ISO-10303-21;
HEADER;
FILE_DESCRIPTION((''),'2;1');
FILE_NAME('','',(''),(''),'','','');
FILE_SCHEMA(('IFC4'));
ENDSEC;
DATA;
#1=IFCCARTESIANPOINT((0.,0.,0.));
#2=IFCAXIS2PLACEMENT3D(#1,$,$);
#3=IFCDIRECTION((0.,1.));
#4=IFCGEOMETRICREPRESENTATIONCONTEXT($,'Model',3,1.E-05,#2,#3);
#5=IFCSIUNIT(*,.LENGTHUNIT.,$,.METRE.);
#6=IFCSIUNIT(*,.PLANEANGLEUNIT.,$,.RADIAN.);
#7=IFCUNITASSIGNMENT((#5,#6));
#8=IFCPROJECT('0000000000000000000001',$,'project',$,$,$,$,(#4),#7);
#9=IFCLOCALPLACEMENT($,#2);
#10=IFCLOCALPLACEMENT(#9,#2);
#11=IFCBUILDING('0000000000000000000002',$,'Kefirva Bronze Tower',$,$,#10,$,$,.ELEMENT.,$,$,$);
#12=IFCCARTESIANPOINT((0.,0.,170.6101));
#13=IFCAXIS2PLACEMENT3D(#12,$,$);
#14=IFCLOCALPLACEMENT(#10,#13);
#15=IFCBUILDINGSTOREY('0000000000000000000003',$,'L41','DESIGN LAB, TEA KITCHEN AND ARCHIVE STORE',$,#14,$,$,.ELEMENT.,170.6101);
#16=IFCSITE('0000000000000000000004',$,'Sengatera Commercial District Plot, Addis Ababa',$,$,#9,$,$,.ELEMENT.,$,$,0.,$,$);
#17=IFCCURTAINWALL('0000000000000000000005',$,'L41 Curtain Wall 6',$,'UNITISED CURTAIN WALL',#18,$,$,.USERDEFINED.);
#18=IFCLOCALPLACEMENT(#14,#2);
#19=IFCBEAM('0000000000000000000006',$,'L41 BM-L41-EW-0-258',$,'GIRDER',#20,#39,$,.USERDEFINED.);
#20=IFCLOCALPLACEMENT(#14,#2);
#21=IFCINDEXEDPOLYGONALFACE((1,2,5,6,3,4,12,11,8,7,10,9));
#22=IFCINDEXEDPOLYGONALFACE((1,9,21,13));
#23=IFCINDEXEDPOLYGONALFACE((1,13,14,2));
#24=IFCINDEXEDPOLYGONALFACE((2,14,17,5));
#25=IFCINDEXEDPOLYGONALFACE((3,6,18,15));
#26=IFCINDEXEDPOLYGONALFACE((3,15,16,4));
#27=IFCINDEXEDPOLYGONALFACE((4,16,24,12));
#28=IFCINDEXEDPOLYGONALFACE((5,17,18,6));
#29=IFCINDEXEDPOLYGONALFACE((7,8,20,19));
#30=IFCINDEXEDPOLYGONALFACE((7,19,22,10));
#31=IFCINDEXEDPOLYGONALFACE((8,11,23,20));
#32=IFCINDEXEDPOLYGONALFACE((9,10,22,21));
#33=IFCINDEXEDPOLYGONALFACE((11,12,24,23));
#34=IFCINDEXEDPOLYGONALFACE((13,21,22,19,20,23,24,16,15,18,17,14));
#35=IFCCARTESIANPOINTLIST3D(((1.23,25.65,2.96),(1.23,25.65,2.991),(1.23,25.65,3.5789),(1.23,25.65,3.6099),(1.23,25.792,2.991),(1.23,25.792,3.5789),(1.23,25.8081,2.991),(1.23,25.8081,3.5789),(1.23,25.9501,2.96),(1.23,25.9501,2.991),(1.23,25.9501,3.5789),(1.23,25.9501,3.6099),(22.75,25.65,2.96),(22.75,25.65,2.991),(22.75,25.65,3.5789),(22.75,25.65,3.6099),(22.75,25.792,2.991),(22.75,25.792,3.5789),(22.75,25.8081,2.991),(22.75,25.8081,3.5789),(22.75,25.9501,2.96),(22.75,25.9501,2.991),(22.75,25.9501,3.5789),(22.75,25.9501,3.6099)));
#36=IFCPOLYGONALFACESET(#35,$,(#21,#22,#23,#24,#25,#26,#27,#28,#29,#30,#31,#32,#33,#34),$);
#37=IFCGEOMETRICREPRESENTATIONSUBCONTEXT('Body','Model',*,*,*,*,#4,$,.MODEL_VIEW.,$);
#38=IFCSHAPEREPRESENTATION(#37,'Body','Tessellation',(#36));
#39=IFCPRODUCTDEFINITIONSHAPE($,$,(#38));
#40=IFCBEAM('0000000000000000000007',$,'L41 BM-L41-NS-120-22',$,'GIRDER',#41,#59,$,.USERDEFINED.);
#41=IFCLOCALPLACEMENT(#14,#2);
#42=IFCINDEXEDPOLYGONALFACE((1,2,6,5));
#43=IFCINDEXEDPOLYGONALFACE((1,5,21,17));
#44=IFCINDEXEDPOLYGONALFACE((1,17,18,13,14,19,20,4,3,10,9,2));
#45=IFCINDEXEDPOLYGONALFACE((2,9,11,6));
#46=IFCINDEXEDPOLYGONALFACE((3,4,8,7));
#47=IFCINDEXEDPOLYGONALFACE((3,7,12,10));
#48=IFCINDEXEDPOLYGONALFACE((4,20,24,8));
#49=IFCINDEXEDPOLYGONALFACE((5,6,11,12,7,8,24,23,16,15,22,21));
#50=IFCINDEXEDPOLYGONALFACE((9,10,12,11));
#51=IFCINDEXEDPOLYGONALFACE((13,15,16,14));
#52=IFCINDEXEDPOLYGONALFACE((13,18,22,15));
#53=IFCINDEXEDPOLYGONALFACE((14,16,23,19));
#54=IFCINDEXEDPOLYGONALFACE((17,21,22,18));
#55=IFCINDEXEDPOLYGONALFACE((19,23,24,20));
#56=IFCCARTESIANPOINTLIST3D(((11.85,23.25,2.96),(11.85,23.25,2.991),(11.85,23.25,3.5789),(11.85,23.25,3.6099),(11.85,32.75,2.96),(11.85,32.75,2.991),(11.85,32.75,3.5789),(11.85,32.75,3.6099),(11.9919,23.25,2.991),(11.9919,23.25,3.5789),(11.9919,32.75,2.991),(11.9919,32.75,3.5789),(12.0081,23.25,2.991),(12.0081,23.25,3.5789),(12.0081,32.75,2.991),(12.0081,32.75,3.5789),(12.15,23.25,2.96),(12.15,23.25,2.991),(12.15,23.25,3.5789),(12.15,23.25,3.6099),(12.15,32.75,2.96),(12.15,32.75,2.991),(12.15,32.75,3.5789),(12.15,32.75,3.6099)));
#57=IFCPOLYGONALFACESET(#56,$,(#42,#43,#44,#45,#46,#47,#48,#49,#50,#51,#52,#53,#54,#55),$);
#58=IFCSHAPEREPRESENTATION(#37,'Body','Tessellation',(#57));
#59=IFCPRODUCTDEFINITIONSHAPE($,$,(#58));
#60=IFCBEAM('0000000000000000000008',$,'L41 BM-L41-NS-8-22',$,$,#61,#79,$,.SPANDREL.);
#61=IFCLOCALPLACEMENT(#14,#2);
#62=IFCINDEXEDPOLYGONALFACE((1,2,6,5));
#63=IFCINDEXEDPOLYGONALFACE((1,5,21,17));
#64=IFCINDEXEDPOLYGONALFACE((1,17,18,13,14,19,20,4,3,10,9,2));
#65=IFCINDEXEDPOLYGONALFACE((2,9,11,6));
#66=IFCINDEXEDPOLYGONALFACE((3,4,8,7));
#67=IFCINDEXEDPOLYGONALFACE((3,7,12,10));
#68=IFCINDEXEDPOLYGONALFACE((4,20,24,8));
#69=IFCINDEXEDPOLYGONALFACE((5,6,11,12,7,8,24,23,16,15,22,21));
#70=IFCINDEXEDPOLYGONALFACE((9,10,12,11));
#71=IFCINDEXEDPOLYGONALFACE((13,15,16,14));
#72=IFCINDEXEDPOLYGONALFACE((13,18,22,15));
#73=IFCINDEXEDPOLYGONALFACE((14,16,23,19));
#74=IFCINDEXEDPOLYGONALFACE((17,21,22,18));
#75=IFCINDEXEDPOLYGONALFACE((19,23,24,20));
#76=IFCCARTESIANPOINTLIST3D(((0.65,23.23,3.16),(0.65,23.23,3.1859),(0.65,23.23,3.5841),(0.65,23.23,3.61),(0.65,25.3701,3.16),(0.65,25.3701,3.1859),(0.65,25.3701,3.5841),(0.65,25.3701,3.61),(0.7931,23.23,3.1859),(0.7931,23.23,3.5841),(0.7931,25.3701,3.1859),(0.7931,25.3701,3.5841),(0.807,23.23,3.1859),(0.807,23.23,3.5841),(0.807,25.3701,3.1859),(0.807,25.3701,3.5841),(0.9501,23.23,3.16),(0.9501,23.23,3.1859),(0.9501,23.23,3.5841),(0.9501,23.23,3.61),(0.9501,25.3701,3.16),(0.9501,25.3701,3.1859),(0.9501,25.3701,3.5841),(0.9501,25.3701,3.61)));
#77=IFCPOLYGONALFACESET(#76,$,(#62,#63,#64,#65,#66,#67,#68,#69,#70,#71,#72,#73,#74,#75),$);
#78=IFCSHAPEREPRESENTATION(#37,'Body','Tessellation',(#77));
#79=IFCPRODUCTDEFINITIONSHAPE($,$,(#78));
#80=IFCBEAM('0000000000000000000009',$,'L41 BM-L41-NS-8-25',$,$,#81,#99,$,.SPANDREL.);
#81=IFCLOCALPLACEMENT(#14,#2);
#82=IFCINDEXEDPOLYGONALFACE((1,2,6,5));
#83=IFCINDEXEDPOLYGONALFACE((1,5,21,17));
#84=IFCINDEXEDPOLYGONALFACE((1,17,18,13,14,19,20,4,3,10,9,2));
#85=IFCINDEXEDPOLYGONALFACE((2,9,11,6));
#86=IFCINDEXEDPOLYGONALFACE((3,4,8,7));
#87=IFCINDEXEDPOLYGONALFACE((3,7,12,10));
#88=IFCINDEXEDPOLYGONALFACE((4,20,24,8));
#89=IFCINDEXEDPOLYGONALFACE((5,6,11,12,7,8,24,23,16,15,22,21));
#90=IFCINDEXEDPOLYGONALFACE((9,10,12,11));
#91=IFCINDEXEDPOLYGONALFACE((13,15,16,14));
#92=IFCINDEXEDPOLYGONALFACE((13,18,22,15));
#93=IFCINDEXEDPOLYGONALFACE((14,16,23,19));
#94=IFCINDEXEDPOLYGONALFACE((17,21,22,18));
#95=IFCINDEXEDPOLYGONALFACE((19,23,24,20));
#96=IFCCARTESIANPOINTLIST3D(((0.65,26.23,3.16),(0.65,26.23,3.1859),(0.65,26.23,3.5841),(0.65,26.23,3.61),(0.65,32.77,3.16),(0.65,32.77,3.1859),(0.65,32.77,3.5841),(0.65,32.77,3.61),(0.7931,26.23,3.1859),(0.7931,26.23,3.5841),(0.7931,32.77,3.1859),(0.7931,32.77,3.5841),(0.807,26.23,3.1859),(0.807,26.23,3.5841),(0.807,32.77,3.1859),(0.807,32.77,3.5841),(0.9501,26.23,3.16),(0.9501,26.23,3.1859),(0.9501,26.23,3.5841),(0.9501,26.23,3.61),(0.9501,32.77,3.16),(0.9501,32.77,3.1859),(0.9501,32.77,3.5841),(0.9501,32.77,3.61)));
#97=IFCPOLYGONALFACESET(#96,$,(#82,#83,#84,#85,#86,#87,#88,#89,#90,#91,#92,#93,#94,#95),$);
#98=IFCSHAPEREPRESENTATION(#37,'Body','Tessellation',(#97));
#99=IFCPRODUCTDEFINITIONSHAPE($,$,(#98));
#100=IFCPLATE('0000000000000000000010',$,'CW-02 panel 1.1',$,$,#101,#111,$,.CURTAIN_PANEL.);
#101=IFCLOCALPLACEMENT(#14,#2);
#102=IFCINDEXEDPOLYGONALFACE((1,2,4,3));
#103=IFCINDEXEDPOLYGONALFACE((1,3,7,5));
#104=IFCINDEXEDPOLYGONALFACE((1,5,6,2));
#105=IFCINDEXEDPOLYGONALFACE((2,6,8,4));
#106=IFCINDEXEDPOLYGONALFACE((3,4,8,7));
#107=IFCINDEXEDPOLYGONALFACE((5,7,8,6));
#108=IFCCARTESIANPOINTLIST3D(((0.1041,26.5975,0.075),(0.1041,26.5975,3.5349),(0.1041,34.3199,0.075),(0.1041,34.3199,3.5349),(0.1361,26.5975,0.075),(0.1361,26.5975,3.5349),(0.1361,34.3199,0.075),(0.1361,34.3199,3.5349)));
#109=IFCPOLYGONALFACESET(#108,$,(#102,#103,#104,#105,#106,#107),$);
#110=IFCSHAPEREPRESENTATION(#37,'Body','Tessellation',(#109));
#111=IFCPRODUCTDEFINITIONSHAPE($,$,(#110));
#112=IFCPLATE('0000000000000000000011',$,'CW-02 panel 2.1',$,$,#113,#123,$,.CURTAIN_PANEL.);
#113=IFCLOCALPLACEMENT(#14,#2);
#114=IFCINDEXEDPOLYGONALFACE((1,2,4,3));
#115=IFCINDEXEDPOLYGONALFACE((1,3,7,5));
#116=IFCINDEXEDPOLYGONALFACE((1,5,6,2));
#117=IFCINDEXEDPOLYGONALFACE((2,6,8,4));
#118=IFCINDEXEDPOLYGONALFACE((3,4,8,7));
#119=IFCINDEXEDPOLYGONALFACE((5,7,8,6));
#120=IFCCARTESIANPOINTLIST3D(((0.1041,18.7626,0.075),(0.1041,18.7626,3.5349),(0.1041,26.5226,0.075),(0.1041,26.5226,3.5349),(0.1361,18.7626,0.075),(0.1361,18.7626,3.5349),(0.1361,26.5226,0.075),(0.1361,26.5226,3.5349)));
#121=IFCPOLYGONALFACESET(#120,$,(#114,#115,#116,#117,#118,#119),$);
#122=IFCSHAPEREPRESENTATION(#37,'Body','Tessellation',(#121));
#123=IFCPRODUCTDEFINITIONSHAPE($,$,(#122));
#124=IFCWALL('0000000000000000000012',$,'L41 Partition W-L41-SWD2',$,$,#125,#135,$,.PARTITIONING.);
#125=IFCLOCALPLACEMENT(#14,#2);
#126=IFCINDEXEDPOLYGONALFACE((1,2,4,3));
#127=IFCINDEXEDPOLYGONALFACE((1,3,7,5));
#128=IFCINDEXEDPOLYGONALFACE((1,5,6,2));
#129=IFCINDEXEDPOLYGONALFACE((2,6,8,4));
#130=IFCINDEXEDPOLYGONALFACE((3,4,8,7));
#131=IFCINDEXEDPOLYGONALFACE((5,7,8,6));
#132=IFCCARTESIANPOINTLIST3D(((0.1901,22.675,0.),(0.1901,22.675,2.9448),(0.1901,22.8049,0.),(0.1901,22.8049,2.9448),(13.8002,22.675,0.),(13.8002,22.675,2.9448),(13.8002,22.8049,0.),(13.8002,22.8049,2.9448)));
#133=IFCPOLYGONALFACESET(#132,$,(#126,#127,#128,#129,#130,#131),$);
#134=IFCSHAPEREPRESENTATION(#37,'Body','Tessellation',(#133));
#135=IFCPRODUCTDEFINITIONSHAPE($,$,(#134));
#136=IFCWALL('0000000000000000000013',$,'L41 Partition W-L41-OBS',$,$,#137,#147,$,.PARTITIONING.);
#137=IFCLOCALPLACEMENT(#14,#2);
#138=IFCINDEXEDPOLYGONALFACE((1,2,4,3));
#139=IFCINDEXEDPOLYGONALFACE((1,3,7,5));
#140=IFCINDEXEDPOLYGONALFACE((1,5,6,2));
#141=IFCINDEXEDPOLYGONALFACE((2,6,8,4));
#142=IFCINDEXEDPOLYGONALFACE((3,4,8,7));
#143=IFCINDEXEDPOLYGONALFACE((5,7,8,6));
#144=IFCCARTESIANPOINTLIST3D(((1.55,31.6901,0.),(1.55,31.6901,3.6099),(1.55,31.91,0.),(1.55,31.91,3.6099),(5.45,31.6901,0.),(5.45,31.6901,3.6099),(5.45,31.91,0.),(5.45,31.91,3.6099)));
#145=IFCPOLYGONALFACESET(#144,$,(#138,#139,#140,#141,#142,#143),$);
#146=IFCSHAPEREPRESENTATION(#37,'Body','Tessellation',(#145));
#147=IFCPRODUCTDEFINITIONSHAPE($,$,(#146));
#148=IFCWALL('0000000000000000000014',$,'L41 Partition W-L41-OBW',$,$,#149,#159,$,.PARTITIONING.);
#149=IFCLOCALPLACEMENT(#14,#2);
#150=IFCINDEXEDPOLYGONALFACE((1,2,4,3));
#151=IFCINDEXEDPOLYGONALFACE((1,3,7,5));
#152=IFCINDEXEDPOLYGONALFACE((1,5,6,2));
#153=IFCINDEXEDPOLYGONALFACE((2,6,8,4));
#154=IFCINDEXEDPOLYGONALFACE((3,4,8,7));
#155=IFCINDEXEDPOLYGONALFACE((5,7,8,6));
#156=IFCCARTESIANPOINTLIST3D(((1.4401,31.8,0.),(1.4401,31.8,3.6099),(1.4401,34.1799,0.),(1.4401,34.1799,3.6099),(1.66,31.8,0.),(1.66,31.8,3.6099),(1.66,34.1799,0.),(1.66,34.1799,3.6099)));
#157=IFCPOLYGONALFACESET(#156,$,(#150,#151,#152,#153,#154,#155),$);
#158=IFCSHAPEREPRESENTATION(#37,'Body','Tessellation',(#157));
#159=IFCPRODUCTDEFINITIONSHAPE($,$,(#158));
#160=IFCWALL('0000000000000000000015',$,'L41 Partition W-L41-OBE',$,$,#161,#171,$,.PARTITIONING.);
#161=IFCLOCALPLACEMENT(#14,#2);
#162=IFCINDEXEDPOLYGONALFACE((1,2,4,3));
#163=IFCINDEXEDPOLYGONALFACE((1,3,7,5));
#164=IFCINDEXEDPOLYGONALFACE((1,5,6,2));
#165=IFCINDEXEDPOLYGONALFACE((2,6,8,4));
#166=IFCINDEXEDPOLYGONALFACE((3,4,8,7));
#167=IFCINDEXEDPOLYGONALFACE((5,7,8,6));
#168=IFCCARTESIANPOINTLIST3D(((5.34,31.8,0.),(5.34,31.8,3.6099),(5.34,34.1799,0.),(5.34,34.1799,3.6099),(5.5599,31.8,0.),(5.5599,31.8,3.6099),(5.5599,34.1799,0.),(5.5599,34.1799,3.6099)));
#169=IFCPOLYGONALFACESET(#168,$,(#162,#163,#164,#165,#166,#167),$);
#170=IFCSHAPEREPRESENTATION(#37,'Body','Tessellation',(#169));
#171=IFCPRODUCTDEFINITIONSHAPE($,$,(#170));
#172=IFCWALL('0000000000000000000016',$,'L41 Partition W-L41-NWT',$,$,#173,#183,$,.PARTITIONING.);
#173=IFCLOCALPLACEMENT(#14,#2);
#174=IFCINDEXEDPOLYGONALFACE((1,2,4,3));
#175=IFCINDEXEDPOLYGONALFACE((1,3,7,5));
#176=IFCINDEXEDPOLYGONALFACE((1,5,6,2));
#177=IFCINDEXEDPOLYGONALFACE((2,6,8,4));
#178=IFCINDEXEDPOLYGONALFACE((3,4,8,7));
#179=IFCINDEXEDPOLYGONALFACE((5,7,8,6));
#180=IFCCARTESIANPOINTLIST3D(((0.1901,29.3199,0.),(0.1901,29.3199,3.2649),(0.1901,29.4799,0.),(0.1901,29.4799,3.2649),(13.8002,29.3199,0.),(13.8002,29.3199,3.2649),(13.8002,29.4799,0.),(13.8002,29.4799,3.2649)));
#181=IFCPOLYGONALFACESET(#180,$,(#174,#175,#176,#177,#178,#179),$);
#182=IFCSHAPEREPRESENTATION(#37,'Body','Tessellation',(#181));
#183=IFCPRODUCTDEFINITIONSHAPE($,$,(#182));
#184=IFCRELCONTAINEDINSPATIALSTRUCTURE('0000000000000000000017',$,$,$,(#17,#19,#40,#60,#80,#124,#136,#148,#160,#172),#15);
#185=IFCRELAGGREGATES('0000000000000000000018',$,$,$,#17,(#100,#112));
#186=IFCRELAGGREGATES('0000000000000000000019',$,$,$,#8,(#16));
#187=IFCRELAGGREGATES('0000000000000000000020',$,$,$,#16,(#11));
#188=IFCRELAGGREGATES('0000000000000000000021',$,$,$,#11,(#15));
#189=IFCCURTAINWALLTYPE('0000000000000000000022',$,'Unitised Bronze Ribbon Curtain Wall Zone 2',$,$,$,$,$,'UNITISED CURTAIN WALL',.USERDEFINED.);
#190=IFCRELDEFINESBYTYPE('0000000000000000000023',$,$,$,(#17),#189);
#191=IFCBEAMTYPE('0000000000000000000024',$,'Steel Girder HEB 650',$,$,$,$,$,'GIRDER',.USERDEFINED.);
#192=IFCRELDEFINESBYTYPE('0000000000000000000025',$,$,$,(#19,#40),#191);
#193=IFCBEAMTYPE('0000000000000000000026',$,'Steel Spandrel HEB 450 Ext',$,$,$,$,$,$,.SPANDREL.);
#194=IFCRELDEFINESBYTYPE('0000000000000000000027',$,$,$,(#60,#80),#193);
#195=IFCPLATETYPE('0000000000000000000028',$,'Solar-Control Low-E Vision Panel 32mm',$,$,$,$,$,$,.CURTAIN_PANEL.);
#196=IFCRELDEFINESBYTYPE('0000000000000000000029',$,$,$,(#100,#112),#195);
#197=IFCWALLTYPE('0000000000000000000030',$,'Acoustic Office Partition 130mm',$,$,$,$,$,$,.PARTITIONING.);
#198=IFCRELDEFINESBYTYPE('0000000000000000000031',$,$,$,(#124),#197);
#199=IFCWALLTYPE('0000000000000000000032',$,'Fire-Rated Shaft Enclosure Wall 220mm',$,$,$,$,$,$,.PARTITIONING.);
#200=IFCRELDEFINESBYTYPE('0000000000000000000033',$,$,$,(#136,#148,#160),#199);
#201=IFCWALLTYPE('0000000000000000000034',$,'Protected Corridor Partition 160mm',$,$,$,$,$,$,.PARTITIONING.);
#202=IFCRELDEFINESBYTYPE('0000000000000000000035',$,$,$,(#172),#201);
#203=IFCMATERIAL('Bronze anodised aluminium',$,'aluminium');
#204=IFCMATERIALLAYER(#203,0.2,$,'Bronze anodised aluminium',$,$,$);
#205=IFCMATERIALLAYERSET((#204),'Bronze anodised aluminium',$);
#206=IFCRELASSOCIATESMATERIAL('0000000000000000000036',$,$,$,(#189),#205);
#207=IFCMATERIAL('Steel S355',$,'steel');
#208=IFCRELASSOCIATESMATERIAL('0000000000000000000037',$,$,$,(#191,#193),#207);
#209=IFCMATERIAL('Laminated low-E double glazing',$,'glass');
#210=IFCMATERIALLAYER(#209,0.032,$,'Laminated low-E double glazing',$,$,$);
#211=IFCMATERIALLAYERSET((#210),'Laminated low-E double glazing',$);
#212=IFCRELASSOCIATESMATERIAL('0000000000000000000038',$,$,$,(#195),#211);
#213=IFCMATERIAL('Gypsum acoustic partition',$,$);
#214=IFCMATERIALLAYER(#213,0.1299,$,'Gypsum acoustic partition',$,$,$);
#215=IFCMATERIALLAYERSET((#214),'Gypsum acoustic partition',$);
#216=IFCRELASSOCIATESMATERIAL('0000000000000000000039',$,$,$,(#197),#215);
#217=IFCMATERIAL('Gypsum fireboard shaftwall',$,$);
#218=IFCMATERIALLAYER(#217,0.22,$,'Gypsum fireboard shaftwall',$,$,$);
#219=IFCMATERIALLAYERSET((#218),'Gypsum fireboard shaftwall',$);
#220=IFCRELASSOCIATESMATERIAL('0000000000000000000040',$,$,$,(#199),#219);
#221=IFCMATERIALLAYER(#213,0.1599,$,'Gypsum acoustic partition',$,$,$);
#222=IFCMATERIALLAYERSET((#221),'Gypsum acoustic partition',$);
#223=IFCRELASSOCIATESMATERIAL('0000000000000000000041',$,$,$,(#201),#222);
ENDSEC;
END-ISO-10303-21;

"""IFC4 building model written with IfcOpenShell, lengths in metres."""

from ifc_helpers import new_model, si_unit, direction, frame, frame_2d, origin, origin_2d, place, context, subcontext, project, spatial, rectangle, i_section, extrude, material, layer, layer_set, material_profile, profile_set, type_object, element, aggregate, save


model = new_model("IFC4")

# Units and contexts
model_context = context("Model", 3, precision=1e-05, world=origin(), true_north=direction((0.0, 1.0)))
body_context = subcontext(model_context, "Body", "Model", "MODEL_VIEW")
ifc_project = project(units=[si_unit("LENGTHUNIT", "METRE"), si_unit("PLANEANGLEUNIT", "RADIAN")], contexts=[model_context])

# Site, building, storey
site_placement = place(None, origin())
site = spatial("IfcSite", under=ifc_project, at=site_placement, Name="Sengatera Commercial District Plot, Addis Ababa", CompositionType="ELEMENT", RefElevation=0.0)
building_placement = place(site_placement, origin())
building = spatial("IfcBuilding", under=site, at=building_placement, Name="Kefirva Bronze Tower", CompositionType="ELEMENT")
storey_placement = place(building_placement, frame((0.0, 0.0, 170.6101)))
storey = spatial("IfcBuildingStorey", under=building, at=storey_placement, Name="L41", Description="DESIGN LAB, TEA KITCHEN AND ARCHIVE STORE", CompositionType="ELEMENT", Elevation=170.6101)

# Curtain wall
ifc_material_1 = material(Name="Bronze anodised aluminium", Category="aluminium")
ifc_layer_1 = layer(ifc_material_1, 0.2, Name="Bronze anodised aluminium")
ifc_layer_set_1 = layer_set([ifc_layer_1], Name="Bronze anodised aluminium")
curtain_wall_type = type_object("IfcCurtainWallType", Name="Unitised Bronze Ribbon Curtain Wall Zone 2", ElementType="UNITISED CURTAIN WALL", PredefinedType="USERDEFINED", material=ifc_layer_set_1)
curtain_wall_placement = place(storey_placement, origin())
curtain_wall = element("IfcCurtainWall", 1, at=curtain_wall_placement, inside=storey, type_object=curtain_wall_type, Name="L41 Curtain Wall 6", ObjectType="UNITISED CURTAIN WALL", PredefinedType="USERDEFINED")

# Beams
ifc_material_2 = material(Name="Steel S355", Category="steel")
ifc_material_profile_1 = material_profile(ifc_material_2, i_section(OverallWidth=0.3, OverallDepth=0.6499, WebThickness=0.0161, FlangeThickness=0.031, at=origin_2d()), Name="HEB 650")
ifc_profile_set_1 = profile_set([ifc_material_profile_1], Name="Steel S355")
beam_type_1 = type_object("IfcBeamType", Name="Steel Girder HEB 650", ElementType="GIRDER", PredefinedType="USERDEFINED", material=ifc_profile_set_1)
beam_1_placement = place(storey_placement, frame((1.23, 25.8, 3.2849), z_axis=(1.0, 0.0, 0.0), x_axis=(0.0, 1.0, 0.0)))
element("IfcBeam", 2, at=beam_1_placement, inside=storey, type_object=beam_type_1, Name="L41 BM-L41-EW-0-258", ObjectType="GIRDER", PredefinedType="USERDEFINED", context=body_context, shape_type="SweptSolid", body=[
    extrude(i_section(OverallWidth=0.3, OverallDepth=0.6499, WebThickness=0.0161, FlangeThickness=0.031, at=origin_2d()), origin(), (0.0, 0.0, 1.0), 21.52),
])
beam_2_placement = place(storey_placement, frame((12.0, 23.25, 3.2849), z_axis=(0.0, 1.0, 0.0), x_axis=(-1.0, 0.0, 0.0)))
element("IfcBeam", 3, at=beam_2_placement, inside=storey, type_object=beam_type_1, Name="L41 BM-L41-NS-120-22", ObjectType="GIRDER", PredefinedType="USERDEFINED", context=body_context, shape_type="SweptSolid", body=[
    extrude(i_section(OverallWidth=0.3, OverallDepth=0.6499, WebThickness=0.0161, FlangeThickness=0.031, at=origin_2d()), origin(), (0.0, 0.0, 1.0), 9.5),
])
ifc_material_profile_2 = material_profile(ifc_material_2, i_section(OverallWidth=0.3, OverallDepth=0.45, WebThickness=0.0139, FlangeThickness=0.0259, at=origin_2d()), Name="HEB 450")
ifc_profile_set_2 = profile_set([ifc_material_profile_2], Name="Steel S355")
beam_type_2 = type_object("IfcBeamType", Name="Steel Spandrel HEB 450 Ext", PredefinedType="SPANDREL", material=ifc_profile_set_2)
beam_3_placement = place(storey_placement, frame((0.8, 23.23, 3.385), z_axis=(0.0, 1.0, 0.0), x_axis=(-1.0, 0.0, 0.0)))
element("IfcBeam", 4, at=beam_3_placement, inside=storey, type_object=beam_type_2, Name="L41 BM-L41-NS-8-22", PredefinedType="SPANDREL", context=body_context, shape_type="SweptSolid", body=[
    extrude(i_section(OverallWidth=0.3, OverallDepth=0.45, WebThickness=0.0139, FlangeThickness=0.0259, at=origin_2d()), origin(), (0.0, 0.0, 1.0), 2.1401),
])
beam_4_placement = place(storey_placement, frame((0.8, 26.23, 3.385), z_axis=(0.0, 1.0, 0.0), x_axis=(-1.0, 0.0, 0.0)))
element("IfcBeam", 5, at=beam_4_placement, inside=storey, type_object=beam_type_2, Name="L41 BM-L41-NS-8-25", PredefinedType="SPANDREL", context=body_context, shape_type="SweptSolid", body=[
    extrude(i_section(OverallWidth=0.3, OverallDepth=0.45, WebThickness=0.0139, FlangeThickness=0.0259, at=origin_2d()), origin(), (0.0, 0.0, 1.0), 6.54),
])

# Plates
ifc_material_3 = material(Name="Laminated low-E double glazing", Category="glass")
ifc_layer_2 = layer(ifc_material_3, 0.032, Name="Laminated low-E double glazing")
ifc_layer_set_2 = layer_set([ifc_layer_2], Name="Laminated low-E double glazing")
plate_type = type_object("IfcPlateType", Name="Solar-Control Low-E Vision Panel 32mm", PredefinedType="CURTAIN_PANEL", material=ifc_layer_set_2)
plate_1_placement = place(storey_placement, frame((0.1201, 30.4587, 0.075), z_axis=(0.0, 0.0, 1.0), x_axis=(0.0, -1.0, 0.0)))
plate_1 = element("IfcPlate", 6, at=plate_1_placement, type_object=plate_type, Name="CW-02 panel 1.1", PredefinedType="CURTAIN_PANEL", context=body_context, shape_type="SweptSolid", body=[
    extrude(rectangle(XDim=7.7224, YDim=0.032, at=origin_2d()), origin(), (0.0, 0.0, 1.0), 3.46),
])
plate_2_placement = place(storey_placement, frame((0.1201, 22.6426, 0.075), z_axis=(0.0, 0.0, 1.0), x_axis=(0.0, -1.0, 0.0)))
plate_2 = element("IfcPlate", 7, at=plate_2_placement, type_object=plate_type, Name="CW-02 panel 2.1", PredefinedType="CURTAIN_PANEL", context=body_context, shape_type="SweptSolid", body=[
    extrude(rectangle(XDim=7.76, YDim=0.032, at=origin_2d()), origin(), (0.0, 0.0, 1.0), 3.46),
])
aggregate(curtain_wall, [plate_1, plate_2])

# Walls
ifc_material_4 = material(Name="Gypsum acoustic partition")
ifc_layer_3 = layer(ifc_material_4, 0.1299, Name="Gypsum acoustic partition")
ifc_layer_set_3 = layer_set([ifc_layer_3], Name="Gypsum acoustic partition")
wall_type_1 = type_object("IfcWallType", Name="Acoustic Office Partition 130mm", PredefinedType="PARTITIONING", material=ifc_layer_set_3)
wall_1_placement = place(storey_placement, frame((0.1899, 22.74, 0.0), z_axis=(0.0, 0.0, 1.0), x_axis=(1.0, 0.0, 0.0)))
element("IfcWall", 8, at=wall_1_placement, inside=storey, type_object=wall_type_1, Name="L41 Partition W-L41-SWD2", PredefinedType="PARTITIONING", context=body_context, shape_type="SweptSolid", body=[
    extrude(rectangle(XDim=13.6101, YDim=0.1299, at=frame_2d((6.8052, 0.0))), origin(), (0.0, 0.0, 1.0), 2.9448),
])
ifc_material_5 = material(Name="Gypsum fireboard shaftwall")
ifc_layer_4 = layer(ifc_material_5, 0.22, Name="Gypsum fireboard shaftwall")
ifc_layer_set_4 = layer_set([ifc_layer_4], Name="Gypsum fireboard shaftwall")
wall_type_2 = type_object("IfcWallType", Name="Fire-Rated Shaft Enclosure Wall 220mm", PredefinedType="PARTITIONING", material=ifc_layer_set_4)
wall_2_placement = place(storey_placement, frame((1.55, 31.8, 0.0), z_axis=(0.0, 0.0, 1.0), x_axis=(1.0, 0.0, 0.0)))
element("IfcWall", 9, at=wall_2_placement, inside=storey, type_object=wall_type_2, Name="L41 Partition W-L41-OBS", PredefinedType="PARTITIONING", context=body_context, shape_type="SweptSolid", body=[
    extrude(rectangle(XDim=3.8999, YDim=0.22, at=frame_2d((1.95, 0.0))), origin(), (0.0, 0.0, 1.0), 3.6099),
])
for number, where, z_axis, x_axis, name in (
    (10, (1.55, 31.8, 0.0), (0.0, 0.0, 1.0), (0.0, 1.0, 0.0), "L41 Partition W-L41-OBW"),
    (11, (5.45, 31.8, 0.0), (0.0, 0.0, 1.0), (0.0, 1.0, 0.0), "L41 Partition W-L41-OBE"),
):
    element("IfcWall", number, at=place(storey_placement, frame(where, z_axis=z_axis, x_axis=x_axis)), inside=storey, type_object=wall_type_2, Name=name, PredefinedType="PARTITIONING", context=body_context, shape_type="SweptSolid", body=[
        extrude(rectangle(XDim=2.3799, YDim=0.22, at=frame_2d((1.1899, 0.0))), origin(), (0.0, 0.0, 1.0), 3.6099),
    ])
ifc_layer_5 = layer(ifc_material_4, 0.1599, Name="Gypsum acoustic partition")
ifc_layer_set_5 = layer_set([ifc_layer_5], Name="Gypsum acoustic partition")
wall_type_3 = type_object("IfcWallType", Name="Protected Corridor Partition 160mm", PredefinedType="PARTITIONING", material=ifc_layer_set_5)
wall_3_placement = place(storey_placement, frame((0.1899, 29.3999, 0.0), z_axis=(0.0, 0.0, 1.0), x_axis=(1.0, 0.0, 0.0)))
element("IfcWall", 12, at=wall_3_placement, inside=storey, type_object=wall_type_3, Name="L41 Partition W-L41-NWT", PredefinedType="PARTITIONING", context=body_context, shape_type="SweptSolid", body=[
    extrude(rectangle(XDim=13.6101, YDim=0.1599, at=frame_2d((6.8052, 0.0))), origin(), (0.0, 0.0, 1.0), 3.2649),
])

save(model, "model.ifc")
